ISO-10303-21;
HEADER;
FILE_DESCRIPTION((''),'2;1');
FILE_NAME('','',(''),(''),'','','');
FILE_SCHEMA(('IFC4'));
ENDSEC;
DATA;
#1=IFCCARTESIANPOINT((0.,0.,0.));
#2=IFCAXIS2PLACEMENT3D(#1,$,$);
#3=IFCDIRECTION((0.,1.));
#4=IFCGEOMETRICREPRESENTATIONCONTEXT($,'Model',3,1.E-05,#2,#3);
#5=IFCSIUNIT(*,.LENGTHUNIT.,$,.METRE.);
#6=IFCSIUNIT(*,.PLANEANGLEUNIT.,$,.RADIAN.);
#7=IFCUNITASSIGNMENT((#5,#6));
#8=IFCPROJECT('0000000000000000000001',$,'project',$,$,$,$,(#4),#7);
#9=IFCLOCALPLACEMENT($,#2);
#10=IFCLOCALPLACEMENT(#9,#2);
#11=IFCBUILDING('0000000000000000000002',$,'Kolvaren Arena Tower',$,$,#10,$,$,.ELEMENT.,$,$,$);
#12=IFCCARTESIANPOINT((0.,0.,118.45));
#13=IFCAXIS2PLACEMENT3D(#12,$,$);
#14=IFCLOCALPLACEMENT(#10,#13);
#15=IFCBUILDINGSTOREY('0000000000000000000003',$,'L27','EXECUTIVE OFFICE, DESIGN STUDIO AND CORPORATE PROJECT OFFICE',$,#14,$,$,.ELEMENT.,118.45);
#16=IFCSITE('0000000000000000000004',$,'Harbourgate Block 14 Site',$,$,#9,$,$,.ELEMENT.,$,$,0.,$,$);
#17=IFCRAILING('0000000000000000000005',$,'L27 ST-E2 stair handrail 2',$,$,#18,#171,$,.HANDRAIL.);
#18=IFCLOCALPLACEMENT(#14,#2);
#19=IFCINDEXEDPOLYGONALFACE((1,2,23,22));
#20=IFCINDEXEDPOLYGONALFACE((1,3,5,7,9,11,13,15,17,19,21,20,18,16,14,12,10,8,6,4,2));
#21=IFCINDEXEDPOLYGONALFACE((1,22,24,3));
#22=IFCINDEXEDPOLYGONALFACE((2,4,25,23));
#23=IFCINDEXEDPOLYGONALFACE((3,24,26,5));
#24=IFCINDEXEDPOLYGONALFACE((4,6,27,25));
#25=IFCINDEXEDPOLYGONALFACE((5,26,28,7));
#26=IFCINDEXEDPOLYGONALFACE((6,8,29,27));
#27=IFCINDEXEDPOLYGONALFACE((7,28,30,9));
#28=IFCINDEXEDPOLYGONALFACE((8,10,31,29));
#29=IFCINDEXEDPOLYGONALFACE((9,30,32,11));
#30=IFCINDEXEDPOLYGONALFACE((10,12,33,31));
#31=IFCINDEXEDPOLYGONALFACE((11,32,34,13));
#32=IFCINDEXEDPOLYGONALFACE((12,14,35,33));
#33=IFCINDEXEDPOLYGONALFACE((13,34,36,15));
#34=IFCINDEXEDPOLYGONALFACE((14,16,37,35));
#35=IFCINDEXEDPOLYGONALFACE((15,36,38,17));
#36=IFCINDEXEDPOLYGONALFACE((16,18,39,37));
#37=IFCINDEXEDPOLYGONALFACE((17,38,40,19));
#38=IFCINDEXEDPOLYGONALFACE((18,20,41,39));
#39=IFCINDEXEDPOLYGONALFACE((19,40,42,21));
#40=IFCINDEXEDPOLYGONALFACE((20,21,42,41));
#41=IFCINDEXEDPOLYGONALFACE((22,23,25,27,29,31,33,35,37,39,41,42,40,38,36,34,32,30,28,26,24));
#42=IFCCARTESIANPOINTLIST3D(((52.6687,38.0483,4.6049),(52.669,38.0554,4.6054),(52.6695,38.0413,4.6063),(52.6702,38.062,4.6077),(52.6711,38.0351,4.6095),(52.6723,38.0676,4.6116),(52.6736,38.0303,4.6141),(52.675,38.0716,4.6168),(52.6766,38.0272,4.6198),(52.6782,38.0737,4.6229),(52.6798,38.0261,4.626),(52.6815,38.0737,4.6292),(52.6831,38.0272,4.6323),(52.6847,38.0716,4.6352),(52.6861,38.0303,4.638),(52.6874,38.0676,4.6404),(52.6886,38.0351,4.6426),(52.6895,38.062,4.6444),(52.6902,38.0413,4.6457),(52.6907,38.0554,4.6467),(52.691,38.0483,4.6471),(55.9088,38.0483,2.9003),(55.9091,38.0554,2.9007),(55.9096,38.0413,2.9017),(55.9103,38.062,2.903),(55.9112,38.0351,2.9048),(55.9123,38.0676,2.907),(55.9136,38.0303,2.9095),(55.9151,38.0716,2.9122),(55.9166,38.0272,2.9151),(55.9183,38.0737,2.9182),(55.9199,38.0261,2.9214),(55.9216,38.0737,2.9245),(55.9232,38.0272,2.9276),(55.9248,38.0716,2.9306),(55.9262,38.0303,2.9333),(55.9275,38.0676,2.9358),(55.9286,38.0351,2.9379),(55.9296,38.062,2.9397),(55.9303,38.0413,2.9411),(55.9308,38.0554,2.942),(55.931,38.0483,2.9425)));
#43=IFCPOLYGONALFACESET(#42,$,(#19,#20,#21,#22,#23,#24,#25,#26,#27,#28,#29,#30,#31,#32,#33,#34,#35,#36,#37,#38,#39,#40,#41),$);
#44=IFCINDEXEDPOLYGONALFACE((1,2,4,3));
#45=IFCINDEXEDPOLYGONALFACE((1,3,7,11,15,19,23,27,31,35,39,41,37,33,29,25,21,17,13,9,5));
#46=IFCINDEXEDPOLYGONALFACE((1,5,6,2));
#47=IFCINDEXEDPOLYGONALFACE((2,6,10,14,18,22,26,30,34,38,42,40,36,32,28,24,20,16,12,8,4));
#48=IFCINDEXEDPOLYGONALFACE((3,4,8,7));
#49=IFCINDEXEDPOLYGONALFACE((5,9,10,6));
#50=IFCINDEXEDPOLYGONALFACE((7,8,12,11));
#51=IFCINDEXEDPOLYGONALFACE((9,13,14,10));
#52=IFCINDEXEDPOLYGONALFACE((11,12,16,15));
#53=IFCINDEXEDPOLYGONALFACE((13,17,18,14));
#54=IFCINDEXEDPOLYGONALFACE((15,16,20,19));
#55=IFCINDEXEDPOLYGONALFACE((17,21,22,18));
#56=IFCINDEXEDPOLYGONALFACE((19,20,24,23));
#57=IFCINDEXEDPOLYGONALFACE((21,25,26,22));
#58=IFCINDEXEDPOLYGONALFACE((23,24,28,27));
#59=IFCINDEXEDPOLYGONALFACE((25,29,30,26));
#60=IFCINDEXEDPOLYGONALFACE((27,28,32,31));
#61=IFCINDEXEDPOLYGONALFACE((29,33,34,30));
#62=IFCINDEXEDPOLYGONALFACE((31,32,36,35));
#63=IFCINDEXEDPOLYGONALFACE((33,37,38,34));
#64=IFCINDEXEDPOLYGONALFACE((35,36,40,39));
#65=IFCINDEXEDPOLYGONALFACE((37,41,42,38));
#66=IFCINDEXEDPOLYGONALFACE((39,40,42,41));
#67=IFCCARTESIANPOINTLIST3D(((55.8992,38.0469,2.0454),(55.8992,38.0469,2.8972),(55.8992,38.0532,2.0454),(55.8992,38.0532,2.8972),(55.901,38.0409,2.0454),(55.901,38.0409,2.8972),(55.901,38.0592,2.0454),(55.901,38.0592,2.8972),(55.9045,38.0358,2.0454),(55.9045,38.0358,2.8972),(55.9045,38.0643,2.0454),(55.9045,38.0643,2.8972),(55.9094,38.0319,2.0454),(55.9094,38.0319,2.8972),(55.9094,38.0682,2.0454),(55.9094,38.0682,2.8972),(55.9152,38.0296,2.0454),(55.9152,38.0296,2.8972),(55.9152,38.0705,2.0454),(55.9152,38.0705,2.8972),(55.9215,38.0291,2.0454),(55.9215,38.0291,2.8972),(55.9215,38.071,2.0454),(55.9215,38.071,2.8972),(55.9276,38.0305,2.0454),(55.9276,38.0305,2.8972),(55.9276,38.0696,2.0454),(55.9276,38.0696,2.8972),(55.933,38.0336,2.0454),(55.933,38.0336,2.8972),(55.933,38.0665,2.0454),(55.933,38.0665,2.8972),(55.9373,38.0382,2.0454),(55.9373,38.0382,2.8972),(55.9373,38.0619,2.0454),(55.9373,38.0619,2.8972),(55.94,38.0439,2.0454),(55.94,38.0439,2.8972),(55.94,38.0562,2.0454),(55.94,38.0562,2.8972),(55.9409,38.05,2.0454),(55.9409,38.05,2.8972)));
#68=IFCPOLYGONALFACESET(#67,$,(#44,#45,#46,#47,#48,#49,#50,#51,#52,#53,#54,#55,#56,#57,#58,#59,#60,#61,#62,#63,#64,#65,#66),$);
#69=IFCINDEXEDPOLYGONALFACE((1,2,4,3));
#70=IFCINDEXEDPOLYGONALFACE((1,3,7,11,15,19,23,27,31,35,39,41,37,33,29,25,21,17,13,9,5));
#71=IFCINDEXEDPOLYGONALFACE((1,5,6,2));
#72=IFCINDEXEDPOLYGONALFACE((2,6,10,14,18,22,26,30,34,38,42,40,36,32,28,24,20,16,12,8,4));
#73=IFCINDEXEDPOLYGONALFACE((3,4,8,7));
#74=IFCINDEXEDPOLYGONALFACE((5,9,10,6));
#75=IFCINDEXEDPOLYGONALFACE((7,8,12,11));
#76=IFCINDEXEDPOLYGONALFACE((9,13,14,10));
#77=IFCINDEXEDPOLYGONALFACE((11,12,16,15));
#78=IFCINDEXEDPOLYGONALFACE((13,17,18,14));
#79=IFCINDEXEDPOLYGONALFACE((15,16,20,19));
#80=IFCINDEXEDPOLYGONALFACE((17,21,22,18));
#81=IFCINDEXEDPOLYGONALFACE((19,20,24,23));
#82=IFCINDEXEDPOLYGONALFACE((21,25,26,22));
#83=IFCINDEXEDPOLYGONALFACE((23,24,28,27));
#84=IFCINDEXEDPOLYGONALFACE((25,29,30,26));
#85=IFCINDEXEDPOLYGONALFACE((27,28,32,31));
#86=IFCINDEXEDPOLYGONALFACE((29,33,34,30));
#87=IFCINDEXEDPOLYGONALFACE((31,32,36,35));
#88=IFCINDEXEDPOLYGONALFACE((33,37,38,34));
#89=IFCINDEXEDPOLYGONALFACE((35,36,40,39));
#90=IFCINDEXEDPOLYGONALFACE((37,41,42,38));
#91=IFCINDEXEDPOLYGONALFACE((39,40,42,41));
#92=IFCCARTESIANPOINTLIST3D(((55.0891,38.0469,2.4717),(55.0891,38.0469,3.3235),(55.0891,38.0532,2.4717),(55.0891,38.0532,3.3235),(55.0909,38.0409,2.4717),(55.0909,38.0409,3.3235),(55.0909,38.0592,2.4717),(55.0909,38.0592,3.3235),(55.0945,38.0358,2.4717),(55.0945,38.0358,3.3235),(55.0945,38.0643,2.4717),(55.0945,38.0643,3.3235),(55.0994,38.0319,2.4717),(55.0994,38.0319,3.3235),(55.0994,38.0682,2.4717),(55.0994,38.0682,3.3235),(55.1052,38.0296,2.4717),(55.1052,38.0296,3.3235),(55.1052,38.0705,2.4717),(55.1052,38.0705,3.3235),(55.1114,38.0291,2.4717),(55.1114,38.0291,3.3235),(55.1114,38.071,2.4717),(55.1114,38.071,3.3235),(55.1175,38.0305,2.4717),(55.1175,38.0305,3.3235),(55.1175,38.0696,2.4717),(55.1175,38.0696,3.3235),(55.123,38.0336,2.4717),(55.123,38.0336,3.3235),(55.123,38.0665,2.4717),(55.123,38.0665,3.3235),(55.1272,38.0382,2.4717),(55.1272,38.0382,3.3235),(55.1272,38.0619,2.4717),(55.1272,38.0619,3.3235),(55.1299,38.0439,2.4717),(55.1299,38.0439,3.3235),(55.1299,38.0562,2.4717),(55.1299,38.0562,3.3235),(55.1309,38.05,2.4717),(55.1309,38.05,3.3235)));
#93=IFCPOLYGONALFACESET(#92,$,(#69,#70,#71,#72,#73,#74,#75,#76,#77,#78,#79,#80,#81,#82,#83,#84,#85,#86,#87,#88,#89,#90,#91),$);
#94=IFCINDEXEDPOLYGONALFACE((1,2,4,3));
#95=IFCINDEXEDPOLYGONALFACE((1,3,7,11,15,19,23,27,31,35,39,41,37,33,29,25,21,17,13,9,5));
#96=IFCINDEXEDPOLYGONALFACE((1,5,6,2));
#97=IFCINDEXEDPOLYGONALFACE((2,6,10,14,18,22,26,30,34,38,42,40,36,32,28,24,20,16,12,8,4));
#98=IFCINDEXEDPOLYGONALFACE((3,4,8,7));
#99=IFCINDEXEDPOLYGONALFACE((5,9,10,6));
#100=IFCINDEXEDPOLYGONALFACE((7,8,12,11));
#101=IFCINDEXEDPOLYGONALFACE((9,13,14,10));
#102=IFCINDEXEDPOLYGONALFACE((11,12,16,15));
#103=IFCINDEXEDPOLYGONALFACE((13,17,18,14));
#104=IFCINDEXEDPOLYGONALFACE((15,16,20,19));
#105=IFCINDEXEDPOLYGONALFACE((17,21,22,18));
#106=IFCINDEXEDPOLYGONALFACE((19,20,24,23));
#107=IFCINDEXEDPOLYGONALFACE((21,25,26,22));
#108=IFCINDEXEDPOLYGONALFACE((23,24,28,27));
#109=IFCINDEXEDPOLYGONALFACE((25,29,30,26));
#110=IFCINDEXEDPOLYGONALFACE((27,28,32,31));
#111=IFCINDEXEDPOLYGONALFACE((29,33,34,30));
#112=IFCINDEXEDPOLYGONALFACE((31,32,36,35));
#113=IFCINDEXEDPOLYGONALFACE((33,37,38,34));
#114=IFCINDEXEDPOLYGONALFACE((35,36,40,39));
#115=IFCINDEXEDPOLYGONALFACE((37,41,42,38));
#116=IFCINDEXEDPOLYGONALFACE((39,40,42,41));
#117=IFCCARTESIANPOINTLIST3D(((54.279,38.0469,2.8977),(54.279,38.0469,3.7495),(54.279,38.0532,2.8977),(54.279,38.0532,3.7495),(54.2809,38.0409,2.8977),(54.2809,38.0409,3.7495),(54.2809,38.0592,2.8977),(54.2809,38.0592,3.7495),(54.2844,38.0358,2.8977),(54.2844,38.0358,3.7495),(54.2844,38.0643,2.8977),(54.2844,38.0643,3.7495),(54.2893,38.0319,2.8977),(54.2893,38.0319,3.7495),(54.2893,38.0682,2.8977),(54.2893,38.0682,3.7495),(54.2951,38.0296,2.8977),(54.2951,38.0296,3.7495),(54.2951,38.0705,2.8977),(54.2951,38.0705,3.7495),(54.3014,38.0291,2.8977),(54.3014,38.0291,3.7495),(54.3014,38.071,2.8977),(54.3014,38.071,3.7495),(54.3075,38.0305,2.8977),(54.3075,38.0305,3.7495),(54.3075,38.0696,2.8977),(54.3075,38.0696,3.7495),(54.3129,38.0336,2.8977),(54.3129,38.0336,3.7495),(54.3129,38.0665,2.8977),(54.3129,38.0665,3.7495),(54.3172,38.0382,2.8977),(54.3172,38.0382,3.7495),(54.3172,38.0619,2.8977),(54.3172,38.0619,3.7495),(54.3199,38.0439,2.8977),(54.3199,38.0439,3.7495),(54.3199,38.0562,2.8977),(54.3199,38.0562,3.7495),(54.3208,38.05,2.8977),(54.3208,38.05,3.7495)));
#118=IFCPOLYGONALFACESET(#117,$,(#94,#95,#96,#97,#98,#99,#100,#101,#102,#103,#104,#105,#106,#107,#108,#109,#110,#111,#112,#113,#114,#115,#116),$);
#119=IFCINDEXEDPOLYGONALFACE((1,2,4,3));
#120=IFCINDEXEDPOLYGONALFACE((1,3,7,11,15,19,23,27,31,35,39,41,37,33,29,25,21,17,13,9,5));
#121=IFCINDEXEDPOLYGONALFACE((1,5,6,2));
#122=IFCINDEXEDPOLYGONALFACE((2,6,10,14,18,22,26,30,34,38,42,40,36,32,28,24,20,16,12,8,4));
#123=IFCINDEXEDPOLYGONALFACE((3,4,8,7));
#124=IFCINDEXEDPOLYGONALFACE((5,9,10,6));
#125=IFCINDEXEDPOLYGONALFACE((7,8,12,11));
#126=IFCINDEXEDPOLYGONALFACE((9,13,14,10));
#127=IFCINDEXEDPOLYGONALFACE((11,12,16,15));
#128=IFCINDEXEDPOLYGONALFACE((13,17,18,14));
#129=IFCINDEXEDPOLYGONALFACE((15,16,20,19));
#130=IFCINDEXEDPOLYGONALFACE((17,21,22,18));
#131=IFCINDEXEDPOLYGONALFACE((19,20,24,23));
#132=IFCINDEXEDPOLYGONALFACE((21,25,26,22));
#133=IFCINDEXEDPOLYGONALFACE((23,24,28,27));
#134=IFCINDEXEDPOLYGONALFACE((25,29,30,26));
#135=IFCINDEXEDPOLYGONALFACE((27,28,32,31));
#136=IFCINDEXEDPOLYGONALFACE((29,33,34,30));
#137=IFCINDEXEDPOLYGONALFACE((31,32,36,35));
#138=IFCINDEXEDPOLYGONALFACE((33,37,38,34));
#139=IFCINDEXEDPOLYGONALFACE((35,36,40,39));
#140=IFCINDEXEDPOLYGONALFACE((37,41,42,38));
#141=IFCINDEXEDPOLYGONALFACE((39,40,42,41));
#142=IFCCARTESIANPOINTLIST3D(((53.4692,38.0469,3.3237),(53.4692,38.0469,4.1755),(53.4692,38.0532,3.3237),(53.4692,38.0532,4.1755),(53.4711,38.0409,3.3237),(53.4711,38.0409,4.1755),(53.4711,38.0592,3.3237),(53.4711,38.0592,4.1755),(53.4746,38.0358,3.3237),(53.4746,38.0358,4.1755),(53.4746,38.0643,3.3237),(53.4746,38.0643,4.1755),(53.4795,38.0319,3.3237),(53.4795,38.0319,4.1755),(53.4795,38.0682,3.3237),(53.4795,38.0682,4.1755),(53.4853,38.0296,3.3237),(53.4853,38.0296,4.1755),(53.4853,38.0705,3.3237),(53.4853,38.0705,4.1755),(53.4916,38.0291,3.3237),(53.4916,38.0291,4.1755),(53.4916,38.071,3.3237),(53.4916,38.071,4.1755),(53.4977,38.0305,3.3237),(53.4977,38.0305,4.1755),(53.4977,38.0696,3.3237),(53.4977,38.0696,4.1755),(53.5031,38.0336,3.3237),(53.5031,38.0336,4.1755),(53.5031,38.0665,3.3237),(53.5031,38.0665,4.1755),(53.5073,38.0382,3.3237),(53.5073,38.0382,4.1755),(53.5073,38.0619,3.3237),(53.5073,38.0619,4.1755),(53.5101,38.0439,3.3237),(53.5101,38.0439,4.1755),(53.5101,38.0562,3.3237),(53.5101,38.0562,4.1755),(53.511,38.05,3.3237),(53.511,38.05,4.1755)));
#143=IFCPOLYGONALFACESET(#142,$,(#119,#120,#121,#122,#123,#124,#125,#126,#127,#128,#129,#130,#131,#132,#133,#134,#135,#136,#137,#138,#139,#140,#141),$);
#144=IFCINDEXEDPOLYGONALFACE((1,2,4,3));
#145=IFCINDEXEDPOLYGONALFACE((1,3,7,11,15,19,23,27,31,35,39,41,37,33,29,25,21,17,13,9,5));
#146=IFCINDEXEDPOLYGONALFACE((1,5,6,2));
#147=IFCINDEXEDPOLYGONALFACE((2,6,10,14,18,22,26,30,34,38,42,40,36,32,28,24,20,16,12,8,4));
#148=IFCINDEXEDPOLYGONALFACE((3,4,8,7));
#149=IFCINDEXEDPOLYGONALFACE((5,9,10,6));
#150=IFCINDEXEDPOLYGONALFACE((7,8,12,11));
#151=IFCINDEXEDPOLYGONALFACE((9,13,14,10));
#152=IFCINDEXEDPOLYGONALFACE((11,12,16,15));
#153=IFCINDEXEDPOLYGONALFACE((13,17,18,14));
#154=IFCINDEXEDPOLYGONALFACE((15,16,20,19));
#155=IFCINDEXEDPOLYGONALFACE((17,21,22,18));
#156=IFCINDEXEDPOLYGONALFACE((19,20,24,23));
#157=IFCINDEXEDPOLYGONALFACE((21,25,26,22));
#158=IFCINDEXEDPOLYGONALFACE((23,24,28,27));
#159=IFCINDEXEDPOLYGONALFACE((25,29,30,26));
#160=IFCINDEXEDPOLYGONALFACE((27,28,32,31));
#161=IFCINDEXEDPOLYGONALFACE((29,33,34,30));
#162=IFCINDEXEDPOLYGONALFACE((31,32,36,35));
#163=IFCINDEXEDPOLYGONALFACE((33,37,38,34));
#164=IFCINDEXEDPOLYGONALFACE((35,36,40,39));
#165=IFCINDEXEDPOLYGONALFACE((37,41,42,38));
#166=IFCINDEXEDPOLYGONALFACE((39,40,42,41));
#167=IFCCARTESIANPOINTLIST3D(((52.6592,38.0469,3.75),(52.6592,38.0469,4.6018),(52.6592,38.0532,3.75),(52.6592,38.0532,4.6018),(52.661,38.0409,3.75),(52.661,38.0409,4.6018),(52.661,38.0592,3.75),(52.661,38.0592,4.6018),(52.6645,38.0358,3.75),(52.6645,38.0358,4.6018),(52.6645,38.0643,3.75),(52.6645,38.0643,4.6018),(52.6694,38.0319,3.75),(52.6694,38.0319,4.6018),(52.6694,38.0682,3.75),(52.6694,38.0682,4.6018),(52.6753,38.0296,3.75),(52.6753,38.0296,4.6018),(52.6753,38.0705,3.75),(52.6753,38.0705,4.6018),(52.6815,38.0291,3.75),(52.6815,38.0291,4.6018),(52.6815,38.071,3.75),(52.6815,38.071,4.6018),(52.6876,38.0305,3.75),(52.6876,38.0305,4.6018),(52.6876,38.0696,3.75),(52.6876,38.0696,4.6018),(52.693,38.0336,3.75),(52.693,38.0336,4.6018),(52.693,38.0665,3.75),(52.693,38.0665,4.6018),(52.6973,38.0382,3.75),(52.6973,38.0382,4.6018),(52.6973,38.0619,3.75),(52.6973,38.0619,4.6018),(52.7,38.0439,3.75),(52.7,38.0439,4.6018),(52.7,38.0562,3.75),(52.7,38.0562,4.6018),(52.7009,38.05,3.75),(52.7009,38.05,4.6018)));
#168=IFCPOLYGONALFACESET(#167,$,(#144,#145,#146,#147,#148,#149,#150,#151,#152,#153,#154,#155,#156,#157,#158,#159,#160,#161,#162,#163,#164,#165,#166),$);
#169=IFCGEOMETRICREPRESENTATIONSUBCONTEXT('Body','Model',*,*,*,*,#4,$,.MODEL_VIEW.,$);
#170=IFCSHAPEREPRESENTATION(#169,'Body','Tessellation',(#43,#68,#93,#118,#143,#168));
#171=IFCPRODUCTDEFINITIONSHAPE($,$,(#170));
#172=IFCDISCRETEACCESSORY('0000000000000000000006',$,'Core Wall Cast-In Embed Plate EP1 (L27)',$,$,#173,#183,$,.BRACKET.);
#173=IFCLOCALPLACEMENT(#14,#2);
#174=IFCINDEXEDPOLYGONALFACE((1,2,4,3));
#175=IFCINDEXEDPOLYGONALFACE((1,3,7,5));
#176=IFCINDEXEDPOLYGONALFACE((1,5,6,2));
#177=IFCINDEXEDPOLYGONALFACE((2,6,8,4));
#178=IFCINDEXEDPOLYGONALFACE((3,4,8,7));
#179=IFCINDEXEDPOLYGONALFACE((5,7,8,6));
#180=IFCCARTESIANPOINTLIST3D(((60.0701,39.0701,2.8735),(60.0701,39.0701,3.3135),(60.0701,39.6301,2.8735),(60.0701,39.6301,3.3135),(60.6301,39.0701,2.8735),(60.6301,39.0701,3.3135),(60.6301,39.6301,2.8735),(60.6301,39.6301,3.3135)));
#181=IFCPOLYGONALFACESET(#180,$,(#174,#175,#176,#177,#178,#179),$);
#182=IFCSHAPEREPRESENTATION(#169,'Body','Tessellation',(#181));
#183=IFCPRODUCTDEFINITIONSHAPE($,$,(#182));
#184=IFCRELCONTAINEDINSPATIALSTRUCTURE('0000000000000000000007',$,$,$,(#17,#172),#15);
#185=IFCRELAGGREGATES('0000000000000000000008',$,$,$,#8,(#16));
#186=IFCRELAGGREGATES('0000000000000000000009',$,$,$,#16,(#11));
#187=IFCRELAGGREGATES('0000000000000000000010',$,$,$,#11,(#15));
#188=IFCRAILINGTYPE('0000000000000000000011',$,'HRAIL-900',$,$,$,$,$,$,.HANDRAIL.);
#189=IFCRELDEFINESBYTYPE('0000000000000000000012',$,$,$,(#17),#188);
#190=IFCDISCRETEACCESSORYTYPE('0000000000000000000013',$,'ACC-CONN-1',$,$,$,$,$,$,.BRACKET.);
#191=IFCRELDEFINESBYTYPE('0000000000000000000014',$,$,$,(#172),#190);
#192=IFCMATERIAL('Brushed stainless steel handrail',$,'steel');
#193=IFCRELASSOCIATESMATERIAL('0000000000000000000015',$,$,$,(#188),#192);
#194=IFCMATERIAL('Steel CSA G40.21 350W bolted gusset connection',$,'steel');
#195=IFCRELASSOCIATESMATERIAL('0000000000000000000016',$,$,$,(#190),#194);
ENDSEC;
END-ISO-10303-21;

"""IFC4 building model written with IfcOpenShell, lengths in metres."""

from ifc_helpers import new_model, si_unit, direction, frame, origin, origin_2d, place, context, subcontext, project, spatial, rectangle, circle, extrude, material, type_object, element, save


model = new_model("IFC4")

# Units and contexts
model_context = context("Model", 3, precision=1e-05, world=origin(), true_north=direction((0.0, 1.0)))
body_context = subcontext(model_context, "Body", "Model", "MODEL_VIEW")
ifc_project = project(units=[si_unit("LENGTHUNIT", "METRE"), si_unit("PLANEANGLEUNIT", "RADIAN")], contexts=[model_context])

# Site, building, storey
site_placement = place(None, origin())
site = spatial("IfcSite", under=ifc_project, at=site_placement, Name="Harbourgate Block 14 Site", CompositionType="ELEMENT", RefElevation=0.0)
building_placement = place(site_placement, origin())
building = spatial("IfcBuilding", under=site, at=building_placement, Name="Kolvaren Arena Tower", CompositionType="ELEMENT")
storey_placement = place(building_placement, frame((0.0, 0.0, 118.45)))
storey = spatial("IfcBuildingStorey", under=building, at=storey_placement, Name="L27", Description="EXECUTIVE OFFICE, DESIGN STUDIO AND CORPORATE PROJECT OFFICE", CompositionType="ELEMENT", Elevation=118.45)

# Railing
ifc_material_1 = material(Name="Brushed stainless steel handrail", Category="steel")
railing_type_1 = type_object("IfcRailingType", Name="HRAIL-900", PredefinedType="HANDRAIL", material=ifc_material_1)
for number, where, name in (
    (1, (55.9199, 38.05, 2.0454), "L27 ST-E2 stair handrail 2"),
):
    element("IfcRailing", number, at=place(storey_placement, frame(where)), inside=storey, type_object=railing_type_1, Name=name, PredefinedType="HANDRAIL", context=body_context, shape_type="SweptSolid", body=[
        extrude(circle(Radius=0.0239, at=origin_2d()), frame((0.0, 0.0, 0.876), z_axis=(-0.884993, 0.0, 0.465604), x_axis=(0.0, -1.0, 0.0)), (0.0, 0.0, 1.0), 3.6611),
        extrude(circle(Radius=0.021, at=origin_2d()), origin(), (0.0, 0.0, 1.0), 0.8518),
        extrude(circle(Radius=0.021, at=origin_2d()), frame((-0.8101, 0.0, 0.4263)), (0.0, 0.0, 1.0), 0.8518),
        extrude(circle(Radius=0.021, at=origin_2d()), frame((-1.6201, 0.0, 0.8523)), (0.0, 0.0, 1.0), 0.8518),
        extrude(circle(Radius=0.021, at=origin_2d()), frame((-2.4299, 0.0, 1.2783)), (0.0, 0.0, 1.0), 0.8518),
        extrude(circle(Radius=0.021, at=origin_2d()), frame((-3.24, 0.0, 1.7046)), (0.0, 0.0, 1.0), 0.8518),
    ])

# Discrete accessory
ifc_material_2 = material(Name="Steel CSA G40.21 350W bolted gusset connection", Category="steel")
discrete_accessory_type = type_object("IfcDiscreteAccessoryType", Name="ACC-CONN-1", PredefinedType="BRACKET", material=ifc_material_2)
discrete_accessory_placement = place(storey_placement, frame((60.3501, 39.3501, 2.8735), z_axis=(0.0, 0.0, 1.0), x_axis=(1.0, 0.0, 0.0)))
element("IfcDiscreteAccessory", 2, at=discrete_accessory_placement, inside=storey, type_object=discrete_accessory_type, Name="Core Wall Cast-In Embed Plate EP1 (L27)", PredefinedType="BRACKET", context=body_context, shape_type="SweptSolid", body=[
    extrude(rectangle(XDim=0.5601, YDim=0.5601, at=origin_2d()), origin(), (0.0, 0.0, 1.0), 0.4399),
])

save(model, "model.ifc")
